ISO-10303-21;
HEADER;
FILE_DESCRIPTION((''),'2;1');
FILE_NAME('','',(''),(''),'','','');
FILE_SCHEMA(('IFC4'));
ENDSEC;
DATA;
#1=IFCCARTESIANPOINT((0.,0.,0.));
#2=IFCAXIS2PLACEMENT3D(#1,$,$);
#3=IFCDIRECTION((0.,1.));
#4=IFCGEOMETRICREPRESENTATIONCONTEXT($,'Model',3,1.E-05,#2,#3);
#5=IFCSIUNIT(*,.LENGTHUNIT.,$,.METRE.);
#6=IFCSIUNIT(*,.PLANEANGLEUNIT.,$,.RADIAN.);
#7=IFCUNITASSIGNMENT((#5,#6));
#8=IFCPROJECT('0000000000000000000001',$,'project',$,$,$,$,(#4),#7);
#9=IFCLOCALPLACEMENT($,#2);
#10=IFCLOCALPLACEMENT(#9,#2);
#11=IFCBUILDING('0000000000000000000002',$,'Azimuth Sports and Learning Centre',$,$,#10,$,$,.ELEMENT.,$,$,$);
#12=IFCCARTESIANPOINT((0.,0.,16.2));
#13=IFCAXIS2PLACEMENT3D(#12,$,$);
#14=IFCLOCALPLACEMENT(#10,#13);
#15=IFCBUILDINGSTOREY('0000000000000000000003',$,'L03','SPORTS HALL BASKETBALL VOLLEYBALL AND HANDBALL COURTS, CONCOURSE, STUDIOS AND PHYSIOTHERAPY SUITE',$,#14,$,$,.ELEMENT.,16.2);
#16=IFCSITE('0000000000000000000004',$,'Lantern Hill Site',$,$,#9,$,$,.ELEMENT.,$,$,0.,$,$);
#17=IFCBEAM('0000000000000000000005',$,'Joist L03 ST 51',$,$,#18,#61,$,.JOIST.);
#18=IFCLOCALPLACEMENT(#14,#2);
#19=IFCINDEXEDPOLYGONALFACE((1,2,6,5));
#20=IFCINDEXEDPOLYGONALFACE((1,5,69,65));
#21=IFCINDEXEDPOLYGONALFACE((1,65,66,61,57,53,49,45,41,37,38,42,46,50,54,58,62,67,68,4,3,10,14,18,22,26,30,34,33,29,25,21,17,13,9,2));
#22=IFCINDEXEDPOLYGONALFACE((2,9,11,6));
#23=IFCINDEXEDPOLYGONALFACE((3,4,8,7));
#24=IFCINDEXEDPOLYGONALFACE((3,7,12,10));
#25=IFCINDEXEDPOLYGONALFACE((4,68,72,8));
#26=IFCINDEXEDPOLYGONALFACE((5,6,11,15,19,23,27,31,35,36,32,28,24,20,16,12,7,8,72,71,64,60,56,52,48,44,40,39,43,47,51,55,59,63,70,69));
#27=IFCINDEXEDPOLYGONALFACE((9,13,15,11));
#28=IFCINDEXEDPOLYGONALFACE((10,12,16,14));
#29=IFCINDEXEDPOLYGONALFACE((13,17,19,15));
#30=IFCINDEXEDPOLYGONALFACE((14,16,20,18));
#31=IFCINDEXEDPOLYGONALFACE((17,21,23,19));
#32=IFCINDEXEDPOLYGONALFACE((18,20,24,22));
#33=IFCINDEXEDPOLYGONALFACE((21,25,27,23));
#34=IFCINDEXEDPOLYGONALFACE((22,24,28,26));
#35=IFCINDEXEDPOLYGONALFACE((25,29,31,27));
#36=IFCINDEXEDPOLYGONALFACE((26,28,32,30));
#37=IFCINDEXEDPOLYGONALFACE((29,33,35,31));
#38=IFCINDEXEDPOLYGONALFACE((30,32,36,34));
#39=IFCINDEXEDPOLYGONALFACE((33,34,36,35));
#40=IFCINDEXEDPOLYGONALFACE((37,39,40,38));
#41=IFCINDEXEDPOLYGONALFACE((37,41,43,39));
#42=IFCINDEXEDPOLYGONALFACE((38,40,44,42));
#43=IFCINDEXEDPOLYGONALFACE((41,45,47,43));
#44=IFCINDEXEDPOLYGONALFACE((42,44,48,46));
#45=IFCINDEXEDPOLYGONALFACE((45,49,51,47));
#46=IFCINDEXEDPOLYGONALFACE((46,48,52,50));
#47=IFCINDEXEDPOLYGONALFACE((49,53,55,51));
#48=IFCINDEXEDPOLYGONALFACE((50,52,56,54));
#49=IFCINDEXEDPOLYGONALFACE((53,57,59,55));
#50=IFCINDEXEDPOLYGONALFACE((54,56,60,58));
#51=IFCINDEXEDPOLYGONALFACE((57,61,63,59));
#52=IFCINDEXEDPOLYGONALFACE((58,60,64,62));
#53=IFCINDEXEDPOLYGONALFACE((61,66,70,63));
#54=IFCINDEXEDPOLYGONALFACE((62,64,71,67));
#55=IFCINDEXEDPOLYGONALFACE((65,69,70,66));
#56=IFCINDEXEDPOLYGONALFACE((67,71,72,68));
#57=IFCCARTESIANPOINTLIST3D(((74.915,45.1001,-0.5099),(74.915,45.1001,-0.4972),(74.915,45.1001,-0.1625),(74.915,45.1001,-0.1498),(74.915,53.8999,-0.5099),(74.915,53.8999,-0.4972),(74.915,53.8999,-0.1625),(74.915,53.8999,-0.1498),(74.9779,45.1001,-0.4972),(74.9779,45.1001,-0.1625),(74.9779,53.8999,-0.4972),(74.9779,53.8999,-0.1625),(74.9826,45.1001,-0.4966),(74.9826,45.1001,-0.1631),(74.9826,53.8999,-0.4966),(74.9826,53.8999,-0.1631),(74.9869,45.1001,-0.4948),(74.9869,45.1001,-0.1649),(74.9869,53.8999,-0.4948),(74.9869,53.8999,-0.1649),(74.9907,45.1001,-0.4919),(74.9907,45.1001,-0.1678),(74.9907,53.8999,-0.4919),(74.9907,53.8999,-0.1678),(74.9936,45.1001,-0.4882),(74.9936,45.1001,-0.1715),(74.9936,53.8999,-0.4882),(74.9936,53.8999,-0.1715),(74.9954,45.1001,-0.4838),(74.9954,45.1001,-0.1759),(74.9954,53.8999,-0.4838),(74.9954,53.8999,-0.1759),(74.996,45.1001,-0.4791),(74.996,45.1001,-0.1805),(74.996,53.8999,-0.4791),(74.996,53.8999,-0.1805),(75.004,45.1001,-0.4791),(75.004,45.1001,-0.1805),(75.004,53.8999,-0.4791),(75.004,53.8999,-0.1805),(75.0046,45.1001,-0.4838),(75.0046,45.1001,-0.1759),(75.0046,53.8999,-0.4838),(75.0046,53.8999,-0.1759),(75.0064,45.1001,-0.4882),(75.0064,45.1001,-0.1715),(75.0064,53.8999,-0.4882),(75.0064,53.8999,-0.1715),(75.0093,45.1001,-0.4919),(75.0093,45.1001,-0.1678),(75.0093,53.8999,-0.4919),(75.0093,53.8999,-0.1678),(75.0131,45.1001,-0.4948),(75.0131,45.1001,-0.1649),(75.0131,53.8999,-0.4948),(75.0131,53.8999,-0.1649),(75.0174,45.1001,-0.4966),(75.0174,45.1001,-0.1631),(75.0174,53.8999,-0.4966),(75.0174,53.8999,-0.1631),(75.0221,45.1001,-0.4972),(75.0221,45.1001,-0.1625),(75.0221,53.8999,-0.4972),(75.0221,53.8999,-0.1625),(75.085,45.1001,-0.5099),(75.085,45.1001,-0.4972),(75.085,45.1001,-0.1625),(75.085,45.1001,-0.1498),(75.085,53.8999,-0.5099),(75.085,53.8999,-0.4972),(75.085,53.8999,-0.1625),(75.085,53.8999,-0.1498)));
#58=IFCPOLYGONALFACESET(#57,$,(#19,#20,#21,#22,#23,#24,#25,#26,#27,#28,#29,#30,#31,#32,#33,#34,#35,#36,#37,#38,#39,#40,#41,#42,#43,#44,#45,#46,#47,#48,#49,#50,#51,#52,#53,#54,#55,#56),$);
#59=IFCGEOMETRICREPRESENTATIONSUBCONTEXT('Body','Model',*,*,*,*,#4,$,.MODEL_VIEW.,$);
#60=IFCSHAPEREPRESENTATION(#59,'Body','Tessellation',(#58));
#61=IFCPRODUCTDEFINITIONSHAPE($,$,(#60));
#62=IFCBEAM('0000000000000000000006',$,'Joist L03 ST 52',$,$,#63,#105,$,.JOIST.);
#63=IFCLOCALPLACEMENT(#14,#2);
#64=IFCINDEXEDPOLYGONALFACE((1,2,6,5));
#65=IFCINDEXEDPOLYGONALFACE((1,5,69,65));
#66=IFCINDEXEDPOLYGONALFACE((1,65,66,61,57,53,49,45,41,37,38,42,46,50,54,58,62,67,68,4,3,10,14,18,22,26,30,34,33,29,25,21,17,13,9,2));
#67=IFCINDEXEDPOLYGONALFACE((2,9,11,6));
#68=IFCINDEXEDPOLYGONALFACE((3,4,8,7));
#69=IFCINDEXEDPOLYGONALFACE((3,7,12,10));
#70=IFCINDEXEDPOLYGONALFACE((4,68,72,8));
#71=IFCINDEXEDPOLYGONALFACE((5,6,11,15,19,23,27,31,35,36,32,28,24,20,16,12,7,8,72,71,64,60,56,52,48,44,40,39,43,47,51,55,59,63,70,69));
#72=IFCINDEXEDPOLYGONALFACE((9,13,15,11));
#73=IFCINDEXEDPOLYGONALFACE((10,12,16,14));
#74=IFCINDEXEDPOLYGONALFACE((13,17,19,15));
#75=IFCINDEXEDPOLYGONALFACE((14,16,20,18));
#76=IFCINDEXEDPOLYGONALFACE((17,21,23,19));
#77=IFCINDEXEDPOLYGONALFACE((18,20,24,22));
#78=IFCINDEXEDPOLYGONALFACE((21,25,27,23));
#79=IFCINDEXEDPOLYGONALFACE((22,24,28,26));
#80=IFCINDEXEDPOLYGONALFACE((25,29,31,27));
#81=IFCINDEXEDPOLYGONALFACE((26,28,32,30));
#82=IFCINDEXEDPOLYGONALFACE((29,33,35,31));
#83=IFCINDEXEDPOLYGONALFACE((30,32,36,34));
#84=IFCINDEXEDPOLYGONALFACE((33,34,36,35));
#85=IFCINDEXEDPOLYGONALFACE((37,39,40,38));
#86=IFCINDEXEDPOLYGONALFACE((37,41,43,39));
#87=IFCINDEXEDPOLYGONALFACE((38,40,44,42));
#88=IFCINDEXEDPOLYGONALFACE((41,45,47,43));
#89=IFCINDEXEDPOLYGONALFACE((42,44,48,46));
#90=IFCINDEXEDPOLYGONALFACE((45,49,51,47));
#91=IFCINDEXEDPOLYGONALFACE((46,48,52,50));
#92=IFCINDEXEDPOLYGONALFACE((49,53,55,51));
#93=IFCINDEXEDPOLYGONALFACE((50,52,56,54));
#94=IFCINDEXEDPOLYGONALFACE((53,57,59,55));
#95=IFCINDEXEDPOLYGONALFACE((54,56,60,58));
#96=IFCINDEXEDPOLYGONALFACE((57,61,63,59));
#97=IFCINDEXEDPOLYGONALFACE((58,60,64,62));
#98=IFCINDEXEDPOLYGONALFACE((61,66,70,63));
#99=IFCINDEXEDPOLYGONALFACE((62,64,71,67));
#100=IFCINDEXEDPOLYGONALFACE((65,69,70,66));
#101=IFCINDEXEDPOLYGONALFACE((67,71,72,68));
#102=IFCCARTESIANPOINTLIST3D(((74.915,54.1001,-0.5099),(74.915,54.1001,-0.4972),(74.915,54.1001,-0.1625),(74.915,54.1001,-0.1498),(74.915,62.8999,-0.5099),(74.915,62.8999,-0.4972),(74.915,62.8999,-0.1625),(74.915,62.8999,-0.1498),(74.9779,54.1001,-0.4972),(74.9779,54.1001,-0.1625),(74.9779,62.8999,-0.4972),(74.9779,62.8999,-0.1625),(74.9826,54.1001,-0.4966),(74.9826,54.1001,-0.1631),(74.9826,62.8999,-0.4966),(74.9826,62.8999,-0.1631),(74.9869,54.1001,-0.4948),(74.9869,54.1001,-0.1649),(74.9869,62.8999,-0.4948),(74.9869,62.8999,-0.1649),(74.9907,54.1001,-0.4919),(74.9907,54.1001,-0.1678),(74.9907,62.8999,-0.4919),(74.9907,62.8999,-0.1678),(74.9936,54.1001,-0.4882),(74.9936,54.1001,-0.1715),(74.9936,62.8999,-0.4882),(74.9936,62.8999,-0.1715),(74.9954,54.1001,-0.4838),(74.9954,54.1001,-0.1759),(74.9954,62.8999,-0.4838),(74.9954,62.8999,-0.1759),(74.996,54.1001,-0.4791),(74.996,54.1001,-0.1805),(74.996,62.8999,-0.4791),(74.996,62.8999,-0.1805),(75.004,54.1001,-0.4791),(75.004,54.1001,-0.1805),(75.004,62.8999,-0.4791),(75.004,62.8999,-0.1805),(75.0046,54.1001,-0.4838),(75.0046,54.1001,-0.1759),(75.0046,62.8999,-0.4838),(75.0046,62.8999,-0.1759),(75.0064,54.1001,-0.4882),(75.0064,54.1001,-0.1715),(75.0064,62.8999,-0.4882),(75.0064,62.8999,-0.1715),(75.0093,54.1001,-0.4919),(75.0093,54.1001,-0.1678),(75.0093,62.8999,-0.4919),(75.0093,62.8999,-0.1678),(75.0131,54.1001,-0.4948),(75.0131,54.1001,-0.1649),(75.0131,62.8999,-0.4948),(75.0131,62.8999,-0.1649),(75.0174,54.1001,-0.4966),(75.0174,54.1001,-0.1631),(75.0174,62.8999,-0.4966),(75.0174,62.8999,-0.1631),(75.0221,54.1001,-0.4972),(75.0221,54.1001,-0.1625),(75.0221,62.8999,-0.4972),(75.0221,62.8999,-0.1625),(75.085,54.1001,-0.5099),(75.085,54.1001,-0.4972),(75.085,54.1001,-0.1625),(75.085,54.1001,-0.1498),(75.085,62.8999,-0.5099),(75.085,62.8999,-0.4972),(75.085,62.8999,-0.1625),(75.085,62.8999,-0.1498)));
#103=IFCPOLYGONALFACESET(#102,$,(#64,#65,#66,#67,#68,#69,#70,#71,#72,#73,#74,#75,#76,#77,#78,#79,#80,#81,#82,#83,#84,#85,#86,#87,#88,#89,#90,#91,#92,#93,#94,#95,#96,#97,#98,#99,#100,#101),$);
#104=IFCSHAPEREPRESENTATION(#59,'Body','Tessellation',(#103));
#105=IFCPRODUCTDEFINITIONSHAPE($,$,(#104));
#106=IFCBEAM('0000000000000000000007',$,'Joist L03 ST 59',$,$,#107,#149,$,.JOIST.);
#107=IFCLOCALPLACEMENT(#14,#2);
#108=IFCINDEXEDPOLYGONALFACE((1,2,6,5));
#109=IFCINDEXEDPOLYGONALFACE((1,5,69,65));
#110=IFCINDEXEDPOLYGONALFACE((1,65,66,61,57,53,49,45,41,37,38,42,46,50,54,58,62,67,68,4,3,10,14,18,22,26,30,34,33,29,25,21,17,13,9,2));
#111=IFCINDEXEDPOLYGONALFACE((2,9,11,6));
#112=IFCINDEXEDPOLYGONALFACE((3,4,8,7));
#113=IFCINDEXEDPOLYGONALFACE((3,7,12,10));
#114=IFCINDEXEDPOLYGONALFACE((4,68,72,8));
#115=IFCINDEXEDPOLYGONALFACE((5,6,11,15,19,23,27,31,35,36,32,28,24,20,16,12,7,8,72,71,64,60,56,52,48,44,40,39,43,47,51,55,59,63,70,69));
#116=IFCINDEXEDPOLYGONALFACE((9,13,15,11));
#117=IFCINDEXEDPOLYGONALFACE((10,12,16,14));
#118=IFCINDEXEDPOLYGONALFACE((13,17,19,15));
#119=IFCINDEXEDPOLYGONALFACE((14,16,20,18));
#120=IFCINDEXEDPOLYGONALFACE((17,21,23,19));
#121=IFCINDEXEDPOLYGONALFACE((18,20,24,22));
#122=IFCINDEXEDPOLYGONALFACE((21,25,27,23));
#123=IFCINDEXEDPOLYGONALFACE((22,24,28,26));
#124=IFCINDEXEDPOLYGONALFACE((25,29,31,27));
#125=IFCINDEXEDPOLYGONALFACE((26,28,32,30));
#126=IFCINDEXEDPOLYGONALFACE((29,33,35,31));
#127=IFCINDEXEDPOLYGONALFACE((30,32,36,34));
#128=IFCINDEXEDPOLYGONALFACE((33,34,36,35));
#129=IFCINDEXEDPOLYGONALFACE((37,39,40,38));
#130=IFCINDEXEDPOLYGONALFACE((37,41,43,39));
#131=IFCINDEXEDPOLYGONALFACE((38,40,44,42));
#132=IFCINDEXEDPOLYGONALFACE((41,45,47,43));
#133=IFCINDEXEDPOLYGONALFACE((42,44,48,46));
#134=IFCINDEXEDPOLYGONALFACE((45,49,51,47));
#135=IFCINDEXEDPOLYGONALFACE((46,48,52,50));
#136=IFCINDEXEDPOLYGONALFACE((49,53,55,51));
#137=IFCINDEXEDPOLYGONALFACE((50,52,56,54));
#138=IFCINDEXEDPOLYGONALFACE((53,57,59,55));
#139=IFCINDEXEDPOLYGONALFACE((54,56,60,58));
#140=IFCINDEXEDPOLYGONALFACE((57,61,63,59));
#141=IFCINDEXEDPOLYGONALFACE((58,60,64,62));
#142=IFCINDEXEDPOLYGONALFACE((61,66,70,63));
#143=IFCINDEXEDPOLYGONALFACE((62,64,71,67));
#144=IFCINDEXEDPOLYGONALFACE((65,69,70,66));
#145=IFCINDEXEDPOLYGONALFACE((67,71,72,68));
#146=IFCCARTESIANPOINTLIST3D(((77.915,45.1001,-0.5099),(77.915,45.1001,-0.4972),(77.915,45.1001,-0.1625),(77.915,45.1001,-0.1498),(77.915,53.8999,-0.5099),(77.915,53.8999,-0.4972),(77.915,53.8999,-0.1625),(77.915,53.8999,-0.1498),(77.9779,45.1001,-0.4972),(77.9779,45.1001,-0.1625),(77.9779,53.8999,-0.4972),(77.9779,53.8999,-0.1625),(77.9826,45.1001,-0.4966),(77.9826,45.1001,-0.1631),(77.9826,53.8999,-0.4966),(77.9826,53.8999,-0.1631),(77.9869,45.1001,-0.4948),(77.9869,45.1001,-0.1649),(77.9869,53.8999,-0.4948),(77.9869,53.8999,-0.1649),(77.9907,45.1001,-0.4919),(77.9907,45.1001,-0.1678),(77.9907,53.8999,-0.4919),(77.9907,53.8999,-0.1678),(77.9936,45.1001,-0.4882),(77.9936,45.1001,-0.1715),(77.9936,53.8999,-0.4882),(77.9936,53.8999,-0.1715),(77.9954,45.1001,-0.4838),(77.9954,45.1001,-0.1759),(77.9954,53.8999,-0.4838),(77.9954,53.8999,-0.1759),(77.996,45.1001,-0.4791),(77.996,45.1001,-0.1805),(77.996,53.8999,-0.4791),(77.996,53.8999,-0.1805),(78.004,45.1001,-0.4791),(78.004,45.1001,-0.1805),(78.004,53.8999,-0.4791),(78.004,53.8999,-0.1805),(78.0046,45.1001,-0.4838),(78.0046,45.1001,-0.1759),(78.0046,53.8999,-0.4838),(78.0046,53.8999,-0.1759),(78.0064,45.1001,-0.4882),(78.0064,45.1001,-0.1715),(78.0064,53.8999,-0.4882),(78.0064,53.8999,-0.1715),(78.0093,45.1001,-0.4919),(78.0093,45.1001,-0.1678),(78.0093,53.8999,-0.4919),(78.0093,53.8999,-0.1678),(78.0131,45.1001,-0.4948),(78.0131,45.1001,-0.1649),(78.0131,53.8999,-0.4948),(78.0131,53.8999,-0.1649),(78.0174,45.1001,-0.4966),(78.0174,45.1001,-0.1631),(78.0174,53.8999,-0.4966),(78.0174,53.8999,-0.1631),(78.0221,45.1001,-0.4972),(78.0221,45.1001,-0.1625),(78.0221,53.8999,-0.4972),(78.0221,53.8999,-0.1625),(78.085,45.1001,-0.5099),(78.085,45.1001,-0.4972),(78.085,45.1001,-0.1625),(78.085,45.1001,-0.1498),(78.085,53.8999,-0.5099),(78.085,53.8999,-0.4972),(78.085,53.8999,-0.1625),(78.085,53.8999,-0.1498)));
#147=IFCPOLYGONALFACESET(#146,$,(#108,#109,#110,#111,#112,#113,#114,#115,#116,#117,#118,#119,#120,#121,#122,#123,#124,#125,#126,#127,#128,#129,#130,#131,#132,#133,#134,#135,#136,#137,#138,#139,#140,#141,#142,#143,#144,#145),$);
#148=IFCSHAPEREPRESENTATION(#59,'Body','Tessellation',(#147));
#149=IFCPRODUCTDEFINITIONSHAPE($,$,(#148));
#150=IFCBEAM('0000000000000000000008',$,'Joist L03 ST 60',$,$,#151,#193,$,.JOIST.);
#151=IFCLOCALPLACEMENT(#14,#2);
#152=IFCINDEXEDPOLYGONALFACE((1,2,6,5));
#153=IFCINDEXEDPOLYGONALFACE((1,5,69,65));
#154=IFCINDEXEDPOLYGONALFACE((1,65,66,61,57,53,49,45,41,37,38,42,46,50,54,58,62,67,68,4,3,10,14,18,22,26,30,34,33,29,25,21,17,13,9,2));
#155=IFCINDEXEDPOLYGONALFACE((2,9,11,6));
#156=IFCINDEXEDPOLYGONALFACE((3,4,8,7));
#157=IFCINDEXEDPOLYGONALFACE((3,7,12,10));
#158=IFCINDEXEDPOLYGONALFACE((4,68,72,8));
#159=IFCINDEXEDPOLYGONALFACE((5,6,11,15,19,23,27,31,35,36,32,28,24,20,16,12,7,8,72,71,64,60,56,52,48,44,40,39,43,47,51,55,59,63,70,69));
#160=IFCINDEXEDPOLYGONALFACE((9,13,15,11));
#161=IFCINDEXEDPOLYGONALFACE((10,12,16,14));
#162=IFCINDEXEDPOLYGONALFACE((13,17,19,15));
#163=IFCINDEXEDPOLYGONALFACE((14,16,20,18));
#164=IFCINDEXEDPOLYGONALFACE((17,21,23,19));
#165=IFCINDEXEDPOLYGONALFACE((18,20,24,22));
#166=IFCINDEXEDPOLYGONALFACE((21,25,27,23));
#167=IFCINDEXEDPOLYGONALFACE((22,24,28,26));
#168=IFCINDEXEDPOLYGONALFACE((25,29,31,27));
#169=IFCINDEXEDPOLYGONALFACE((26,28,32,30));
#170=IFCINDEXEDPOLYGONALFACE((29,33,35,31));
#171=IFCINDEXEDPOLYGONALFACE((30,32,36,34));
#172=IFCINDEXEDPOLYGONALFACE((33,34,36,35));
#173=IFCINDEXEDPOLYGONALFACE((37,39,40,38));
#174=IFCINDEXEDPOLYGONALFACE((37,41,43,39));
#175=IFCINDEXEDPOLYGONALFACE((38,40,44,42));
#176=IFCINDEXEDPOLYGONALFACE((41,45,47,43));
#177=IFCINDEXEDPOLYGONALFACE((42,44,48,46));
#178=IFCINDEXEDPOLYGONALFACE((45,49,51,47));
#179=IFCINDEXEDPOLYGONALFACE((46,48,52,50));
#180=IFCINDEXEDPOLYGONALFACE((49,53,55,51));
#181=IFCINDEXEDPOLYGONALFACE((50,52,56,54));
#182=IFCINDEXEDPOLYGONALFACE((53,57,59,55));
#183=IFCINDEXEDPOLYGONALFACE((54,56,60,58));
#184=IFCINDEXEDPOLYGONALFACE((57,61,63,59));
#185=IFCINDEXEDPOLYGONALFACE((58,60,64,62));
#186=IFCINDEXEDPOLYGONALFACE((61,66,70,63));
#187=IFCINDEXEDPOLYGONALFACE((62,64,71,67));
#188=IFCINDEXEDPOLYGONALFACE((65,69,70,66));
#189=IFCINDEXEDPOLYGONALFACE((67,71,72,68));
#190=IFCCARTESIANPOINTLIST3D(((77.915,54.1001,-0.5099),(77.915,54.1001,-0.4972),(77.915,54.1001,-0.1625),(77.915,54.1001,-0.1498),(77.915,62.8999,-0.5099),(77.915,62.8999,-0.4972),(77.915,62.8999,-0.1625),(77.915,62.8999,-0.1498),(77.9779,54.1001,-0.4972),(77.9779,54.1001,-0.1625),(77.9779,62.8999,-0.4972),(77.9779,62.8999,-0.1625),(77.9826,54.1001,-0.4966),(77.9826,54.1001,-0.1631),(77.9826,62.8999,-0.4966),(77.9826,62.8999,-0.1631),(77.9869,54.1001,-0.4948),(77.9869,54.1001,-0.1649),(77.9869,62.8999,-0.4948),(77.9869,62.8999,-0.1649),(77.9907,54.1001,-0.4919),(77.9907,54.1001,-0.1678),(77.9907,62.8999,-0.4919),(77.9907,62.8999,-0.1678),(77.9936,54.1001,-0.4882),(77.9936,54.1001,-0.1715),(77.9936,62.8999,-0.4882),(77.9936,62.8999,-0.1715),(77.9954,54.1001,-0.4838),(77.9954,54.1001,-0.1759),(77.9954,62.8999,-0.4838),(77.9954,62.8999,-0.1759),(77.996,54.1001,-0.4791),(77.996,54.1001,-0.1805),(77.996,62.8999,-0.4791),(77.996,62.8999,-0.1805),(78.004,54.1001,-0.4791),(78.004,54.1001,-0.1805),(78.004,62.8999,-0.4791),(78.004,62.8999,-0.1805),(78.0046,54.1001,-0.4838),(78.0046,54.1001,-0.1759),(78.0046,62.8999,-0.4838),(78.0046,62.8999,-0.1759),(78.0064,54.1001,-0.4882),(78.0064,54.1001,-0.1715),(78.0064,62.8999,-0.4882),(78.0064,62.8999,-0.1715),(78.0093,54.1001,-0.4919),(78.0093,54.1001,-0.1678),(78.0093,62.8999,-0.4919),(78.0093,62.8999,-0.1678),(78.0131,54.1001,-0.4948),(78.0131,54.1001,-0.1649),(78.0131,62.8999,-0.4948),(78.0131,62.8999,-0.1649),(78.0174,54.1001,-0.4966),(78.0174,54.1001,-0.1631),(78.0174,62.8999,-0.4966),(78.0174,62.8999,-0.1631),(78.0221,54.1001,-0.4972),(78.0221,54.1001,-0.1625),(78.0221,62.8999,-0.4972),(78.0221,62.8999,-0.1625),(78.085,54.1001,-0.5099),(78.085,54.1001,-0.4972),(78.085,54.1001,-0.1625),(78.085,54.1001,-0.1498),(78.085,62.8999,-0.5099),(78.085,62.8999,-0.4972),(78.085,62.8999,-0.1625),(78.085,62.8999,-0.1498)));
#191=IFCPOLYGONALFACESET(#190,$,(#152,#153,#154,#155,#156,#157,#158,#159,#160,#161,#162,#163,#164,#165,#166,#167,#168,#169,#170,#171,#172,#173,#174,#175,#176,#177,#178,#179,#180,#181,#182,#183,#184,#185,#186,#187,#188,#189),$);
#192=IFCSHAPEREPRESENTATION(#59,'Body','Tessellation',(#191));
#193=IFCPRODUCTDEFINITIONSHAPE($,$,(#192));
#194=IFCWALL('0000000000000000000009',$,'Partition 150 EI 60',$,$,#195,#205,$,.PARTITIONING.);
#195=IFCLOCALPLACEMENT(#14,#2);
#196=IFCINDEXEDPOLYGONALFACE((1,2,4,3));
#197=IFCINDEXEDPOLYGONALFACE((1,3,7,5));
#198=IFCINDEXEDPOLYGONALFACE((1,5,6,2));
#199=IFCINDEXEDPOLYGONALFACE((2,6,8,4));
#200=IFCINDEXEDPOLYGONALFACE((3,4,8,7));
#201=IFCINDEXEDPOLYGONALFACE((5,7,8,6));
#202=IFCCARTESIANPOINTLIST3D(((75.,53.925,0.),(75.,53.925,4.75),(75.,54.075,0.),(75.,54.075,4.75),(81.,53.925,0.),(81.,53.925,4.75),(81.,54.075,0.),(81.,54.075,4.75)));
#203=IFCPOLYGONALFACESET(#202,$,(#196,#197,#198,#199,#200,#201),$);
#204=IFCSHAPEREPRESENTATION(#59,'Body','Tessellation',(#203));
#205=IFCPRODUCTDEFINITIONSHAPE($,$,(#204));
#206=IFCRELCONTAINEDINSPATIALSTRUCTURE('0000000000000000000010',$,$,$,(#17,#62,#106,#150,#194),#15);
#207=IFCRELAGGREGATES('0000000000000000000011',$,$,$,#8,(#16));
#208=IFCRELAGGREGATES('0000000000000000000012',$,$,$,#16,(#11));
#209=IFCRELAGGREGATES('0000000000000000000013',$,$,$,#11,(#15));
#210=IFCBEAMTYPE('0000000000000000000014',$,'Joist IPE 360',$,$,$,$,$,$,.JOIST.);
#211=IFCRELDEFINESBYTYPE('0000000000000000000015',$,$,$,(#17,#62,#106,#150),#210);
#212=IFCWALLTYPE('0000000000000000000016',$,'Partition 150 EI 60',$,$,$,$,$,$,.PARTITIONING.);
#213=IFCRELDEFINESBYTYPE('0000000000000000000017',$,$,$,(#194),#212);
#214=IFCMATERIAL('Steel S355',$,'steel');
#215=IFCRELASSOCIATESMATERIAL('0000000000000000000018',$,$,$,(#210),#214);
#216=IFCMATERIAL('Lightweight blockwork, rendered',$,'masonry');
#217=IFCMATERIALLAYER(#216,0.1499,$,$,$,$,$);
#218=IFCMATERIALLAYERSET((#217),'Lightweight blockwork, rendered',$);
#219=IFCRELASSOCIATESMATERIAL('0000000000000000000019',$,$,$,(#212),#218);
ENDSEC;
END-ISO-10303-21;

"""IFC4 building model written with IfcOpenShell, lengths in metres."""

from ifc_helpers import new_model, si_unit, direction, frame, frame_2d, origin, origin_2d, place, context, subcontext, project, spatial, rectangle, i_section, extrude, material, layer, layer_set, material_profile, profile_set, type_object, element, save


model = new_model("IFC4")

# Units and contexts
model_context = context("Model", 3, precision=1e-05, world=origin(), true_north=direction((0.0, 1.0)))
body_context = subcontext(model_context, "Body", "Model", "MODEL_VIEW")
ifc_project = project(units=[si_unit("LENGTHUNIT", "METRE"), si_unit("PLANEANGLEUNIT", "RADIAN")], contexts=[model_context])

# Site, building, storey
site_placement = place(None, origin())
site = spatial("IfcSite", under=ifc_project, at=site_placement, Name="Lantern Hill Site", CompositionType="ELEMENT", RefElevation=0.0)
building_placement = place(site_placement, origin())
building = spatial("IfcBuilding", under=site, at=building_placement, Name="Azimuth Sports and Learning Centre", CompositionType="ELEMENT")
storey_placement = place(building_placement, frame((0.0, 0.0, 16.2)))
storey = spatial("IfcBuildingStorey", under=building, at=storey_placement, Name="L03", Description="SPORTS HALL BASKETBALL VOLLEYBALL AND HANDBALL COURTS, CONCOURSE, STUDIOS AND PHYSIOTHERAPY SUITE", CompositionType="ELEMENT", Elevation=16.2)

# Beams
ifc_material_1 = material(Name="Steel S355", Category="steel")
ifc_material_profile_1 = material_profile(ifc_material_1, i_section(OverallWidth=0.1699, OverallDepth=0.3601, WebThickness=0.0081, FlangeThickness=0.0127, FilletRadius=0.0181, at=origin_2d()), Name="IPE 360")
ifc_profile_set_1 = profile_set([ifc_material_profile_1], Name="Steel S355")
beam_type_1 = type_object("IfcBeamType", Name="Joist IPE 360", PredefinedType="JOIST", material=ifc_profile_set_1)
for number, where, z_axis, x_axis, name in (
    (1, (75.0, 45.1001, -0.3298), (0.0, 1.0, 0.0), (-1.0, 0.0, 0.0), "Joist L03 ST 51"),
    (2, (75.0, 54.1001, -0.3298), (0.0, 1.0, 0.0), (-1.0, 0.0, 0.0), "Joist L03 ST 52"),
    (3, (78.0, 45.1001, -0.3298), (0.0, 1.0, 0.0), (-1.0, 0.0, 0.0), "Joist L03 ST 59"),
    (4, (78.0, 54.1001, -0.3298), (0.0, 1.0, 0.0), (-1.0, 0.0, 0.0), "Joist L03 ST 60"),
):
    element("IfcBeam", number, at=place(storey_placement, frame(where, z_axis=z_axis, x_axis=x_axis)), inside=storey, type_object=beam_type_1, Name=name, PredefinedType="JOIST", context=body_context, shape_type="SweptSolid", body=[
        extrude(i_section(OverallWidth=0.1699, OverallDepth=0.3601, WebThickness=0.0081, FlangeThickness=0.0127, FilletRadius=0.0181, at=origin_2d()), origin(), (0.0, 0.0, 1.0), 8.7998),
    ])

# Wall
ifc_material_2 = material(Name="Lightweight blockwork, rendered", Category="masonry")
ifc_layer = layer(ifc_material_2, 0.1499)
ifc_layer_set = layer_set([ifc_layer], Name="Lightweight blockwork, rendered")
wall_type = type_object("IfcWallType", Name="Partition 150 EI 60", PredefinedType="PARTITIONING", material=ifc_layer_set)
wall_1_placement = place(storey_placement, frame((75.0, 54.0, 0.0), z_axis=(0.0, 0.0, 1.0), x_axis=(1.0, 0.0, 0.0)))
element("IfcWall", 5, at=wall_1_placement, inside=storey, type_object=wall_type, Name="Partition 150 EI 60", PredefinedType="PARTITIONING", context=body_context, shape_type="SweptSolid", body=[
    extrude(rectangle(XDim=6.0, YDim=0.1499, at=frame_2d((3.0, 0.0))), origin(), (0.0, 0.0, 1.0), 4.75),
])

save(model, "model.ifc")
